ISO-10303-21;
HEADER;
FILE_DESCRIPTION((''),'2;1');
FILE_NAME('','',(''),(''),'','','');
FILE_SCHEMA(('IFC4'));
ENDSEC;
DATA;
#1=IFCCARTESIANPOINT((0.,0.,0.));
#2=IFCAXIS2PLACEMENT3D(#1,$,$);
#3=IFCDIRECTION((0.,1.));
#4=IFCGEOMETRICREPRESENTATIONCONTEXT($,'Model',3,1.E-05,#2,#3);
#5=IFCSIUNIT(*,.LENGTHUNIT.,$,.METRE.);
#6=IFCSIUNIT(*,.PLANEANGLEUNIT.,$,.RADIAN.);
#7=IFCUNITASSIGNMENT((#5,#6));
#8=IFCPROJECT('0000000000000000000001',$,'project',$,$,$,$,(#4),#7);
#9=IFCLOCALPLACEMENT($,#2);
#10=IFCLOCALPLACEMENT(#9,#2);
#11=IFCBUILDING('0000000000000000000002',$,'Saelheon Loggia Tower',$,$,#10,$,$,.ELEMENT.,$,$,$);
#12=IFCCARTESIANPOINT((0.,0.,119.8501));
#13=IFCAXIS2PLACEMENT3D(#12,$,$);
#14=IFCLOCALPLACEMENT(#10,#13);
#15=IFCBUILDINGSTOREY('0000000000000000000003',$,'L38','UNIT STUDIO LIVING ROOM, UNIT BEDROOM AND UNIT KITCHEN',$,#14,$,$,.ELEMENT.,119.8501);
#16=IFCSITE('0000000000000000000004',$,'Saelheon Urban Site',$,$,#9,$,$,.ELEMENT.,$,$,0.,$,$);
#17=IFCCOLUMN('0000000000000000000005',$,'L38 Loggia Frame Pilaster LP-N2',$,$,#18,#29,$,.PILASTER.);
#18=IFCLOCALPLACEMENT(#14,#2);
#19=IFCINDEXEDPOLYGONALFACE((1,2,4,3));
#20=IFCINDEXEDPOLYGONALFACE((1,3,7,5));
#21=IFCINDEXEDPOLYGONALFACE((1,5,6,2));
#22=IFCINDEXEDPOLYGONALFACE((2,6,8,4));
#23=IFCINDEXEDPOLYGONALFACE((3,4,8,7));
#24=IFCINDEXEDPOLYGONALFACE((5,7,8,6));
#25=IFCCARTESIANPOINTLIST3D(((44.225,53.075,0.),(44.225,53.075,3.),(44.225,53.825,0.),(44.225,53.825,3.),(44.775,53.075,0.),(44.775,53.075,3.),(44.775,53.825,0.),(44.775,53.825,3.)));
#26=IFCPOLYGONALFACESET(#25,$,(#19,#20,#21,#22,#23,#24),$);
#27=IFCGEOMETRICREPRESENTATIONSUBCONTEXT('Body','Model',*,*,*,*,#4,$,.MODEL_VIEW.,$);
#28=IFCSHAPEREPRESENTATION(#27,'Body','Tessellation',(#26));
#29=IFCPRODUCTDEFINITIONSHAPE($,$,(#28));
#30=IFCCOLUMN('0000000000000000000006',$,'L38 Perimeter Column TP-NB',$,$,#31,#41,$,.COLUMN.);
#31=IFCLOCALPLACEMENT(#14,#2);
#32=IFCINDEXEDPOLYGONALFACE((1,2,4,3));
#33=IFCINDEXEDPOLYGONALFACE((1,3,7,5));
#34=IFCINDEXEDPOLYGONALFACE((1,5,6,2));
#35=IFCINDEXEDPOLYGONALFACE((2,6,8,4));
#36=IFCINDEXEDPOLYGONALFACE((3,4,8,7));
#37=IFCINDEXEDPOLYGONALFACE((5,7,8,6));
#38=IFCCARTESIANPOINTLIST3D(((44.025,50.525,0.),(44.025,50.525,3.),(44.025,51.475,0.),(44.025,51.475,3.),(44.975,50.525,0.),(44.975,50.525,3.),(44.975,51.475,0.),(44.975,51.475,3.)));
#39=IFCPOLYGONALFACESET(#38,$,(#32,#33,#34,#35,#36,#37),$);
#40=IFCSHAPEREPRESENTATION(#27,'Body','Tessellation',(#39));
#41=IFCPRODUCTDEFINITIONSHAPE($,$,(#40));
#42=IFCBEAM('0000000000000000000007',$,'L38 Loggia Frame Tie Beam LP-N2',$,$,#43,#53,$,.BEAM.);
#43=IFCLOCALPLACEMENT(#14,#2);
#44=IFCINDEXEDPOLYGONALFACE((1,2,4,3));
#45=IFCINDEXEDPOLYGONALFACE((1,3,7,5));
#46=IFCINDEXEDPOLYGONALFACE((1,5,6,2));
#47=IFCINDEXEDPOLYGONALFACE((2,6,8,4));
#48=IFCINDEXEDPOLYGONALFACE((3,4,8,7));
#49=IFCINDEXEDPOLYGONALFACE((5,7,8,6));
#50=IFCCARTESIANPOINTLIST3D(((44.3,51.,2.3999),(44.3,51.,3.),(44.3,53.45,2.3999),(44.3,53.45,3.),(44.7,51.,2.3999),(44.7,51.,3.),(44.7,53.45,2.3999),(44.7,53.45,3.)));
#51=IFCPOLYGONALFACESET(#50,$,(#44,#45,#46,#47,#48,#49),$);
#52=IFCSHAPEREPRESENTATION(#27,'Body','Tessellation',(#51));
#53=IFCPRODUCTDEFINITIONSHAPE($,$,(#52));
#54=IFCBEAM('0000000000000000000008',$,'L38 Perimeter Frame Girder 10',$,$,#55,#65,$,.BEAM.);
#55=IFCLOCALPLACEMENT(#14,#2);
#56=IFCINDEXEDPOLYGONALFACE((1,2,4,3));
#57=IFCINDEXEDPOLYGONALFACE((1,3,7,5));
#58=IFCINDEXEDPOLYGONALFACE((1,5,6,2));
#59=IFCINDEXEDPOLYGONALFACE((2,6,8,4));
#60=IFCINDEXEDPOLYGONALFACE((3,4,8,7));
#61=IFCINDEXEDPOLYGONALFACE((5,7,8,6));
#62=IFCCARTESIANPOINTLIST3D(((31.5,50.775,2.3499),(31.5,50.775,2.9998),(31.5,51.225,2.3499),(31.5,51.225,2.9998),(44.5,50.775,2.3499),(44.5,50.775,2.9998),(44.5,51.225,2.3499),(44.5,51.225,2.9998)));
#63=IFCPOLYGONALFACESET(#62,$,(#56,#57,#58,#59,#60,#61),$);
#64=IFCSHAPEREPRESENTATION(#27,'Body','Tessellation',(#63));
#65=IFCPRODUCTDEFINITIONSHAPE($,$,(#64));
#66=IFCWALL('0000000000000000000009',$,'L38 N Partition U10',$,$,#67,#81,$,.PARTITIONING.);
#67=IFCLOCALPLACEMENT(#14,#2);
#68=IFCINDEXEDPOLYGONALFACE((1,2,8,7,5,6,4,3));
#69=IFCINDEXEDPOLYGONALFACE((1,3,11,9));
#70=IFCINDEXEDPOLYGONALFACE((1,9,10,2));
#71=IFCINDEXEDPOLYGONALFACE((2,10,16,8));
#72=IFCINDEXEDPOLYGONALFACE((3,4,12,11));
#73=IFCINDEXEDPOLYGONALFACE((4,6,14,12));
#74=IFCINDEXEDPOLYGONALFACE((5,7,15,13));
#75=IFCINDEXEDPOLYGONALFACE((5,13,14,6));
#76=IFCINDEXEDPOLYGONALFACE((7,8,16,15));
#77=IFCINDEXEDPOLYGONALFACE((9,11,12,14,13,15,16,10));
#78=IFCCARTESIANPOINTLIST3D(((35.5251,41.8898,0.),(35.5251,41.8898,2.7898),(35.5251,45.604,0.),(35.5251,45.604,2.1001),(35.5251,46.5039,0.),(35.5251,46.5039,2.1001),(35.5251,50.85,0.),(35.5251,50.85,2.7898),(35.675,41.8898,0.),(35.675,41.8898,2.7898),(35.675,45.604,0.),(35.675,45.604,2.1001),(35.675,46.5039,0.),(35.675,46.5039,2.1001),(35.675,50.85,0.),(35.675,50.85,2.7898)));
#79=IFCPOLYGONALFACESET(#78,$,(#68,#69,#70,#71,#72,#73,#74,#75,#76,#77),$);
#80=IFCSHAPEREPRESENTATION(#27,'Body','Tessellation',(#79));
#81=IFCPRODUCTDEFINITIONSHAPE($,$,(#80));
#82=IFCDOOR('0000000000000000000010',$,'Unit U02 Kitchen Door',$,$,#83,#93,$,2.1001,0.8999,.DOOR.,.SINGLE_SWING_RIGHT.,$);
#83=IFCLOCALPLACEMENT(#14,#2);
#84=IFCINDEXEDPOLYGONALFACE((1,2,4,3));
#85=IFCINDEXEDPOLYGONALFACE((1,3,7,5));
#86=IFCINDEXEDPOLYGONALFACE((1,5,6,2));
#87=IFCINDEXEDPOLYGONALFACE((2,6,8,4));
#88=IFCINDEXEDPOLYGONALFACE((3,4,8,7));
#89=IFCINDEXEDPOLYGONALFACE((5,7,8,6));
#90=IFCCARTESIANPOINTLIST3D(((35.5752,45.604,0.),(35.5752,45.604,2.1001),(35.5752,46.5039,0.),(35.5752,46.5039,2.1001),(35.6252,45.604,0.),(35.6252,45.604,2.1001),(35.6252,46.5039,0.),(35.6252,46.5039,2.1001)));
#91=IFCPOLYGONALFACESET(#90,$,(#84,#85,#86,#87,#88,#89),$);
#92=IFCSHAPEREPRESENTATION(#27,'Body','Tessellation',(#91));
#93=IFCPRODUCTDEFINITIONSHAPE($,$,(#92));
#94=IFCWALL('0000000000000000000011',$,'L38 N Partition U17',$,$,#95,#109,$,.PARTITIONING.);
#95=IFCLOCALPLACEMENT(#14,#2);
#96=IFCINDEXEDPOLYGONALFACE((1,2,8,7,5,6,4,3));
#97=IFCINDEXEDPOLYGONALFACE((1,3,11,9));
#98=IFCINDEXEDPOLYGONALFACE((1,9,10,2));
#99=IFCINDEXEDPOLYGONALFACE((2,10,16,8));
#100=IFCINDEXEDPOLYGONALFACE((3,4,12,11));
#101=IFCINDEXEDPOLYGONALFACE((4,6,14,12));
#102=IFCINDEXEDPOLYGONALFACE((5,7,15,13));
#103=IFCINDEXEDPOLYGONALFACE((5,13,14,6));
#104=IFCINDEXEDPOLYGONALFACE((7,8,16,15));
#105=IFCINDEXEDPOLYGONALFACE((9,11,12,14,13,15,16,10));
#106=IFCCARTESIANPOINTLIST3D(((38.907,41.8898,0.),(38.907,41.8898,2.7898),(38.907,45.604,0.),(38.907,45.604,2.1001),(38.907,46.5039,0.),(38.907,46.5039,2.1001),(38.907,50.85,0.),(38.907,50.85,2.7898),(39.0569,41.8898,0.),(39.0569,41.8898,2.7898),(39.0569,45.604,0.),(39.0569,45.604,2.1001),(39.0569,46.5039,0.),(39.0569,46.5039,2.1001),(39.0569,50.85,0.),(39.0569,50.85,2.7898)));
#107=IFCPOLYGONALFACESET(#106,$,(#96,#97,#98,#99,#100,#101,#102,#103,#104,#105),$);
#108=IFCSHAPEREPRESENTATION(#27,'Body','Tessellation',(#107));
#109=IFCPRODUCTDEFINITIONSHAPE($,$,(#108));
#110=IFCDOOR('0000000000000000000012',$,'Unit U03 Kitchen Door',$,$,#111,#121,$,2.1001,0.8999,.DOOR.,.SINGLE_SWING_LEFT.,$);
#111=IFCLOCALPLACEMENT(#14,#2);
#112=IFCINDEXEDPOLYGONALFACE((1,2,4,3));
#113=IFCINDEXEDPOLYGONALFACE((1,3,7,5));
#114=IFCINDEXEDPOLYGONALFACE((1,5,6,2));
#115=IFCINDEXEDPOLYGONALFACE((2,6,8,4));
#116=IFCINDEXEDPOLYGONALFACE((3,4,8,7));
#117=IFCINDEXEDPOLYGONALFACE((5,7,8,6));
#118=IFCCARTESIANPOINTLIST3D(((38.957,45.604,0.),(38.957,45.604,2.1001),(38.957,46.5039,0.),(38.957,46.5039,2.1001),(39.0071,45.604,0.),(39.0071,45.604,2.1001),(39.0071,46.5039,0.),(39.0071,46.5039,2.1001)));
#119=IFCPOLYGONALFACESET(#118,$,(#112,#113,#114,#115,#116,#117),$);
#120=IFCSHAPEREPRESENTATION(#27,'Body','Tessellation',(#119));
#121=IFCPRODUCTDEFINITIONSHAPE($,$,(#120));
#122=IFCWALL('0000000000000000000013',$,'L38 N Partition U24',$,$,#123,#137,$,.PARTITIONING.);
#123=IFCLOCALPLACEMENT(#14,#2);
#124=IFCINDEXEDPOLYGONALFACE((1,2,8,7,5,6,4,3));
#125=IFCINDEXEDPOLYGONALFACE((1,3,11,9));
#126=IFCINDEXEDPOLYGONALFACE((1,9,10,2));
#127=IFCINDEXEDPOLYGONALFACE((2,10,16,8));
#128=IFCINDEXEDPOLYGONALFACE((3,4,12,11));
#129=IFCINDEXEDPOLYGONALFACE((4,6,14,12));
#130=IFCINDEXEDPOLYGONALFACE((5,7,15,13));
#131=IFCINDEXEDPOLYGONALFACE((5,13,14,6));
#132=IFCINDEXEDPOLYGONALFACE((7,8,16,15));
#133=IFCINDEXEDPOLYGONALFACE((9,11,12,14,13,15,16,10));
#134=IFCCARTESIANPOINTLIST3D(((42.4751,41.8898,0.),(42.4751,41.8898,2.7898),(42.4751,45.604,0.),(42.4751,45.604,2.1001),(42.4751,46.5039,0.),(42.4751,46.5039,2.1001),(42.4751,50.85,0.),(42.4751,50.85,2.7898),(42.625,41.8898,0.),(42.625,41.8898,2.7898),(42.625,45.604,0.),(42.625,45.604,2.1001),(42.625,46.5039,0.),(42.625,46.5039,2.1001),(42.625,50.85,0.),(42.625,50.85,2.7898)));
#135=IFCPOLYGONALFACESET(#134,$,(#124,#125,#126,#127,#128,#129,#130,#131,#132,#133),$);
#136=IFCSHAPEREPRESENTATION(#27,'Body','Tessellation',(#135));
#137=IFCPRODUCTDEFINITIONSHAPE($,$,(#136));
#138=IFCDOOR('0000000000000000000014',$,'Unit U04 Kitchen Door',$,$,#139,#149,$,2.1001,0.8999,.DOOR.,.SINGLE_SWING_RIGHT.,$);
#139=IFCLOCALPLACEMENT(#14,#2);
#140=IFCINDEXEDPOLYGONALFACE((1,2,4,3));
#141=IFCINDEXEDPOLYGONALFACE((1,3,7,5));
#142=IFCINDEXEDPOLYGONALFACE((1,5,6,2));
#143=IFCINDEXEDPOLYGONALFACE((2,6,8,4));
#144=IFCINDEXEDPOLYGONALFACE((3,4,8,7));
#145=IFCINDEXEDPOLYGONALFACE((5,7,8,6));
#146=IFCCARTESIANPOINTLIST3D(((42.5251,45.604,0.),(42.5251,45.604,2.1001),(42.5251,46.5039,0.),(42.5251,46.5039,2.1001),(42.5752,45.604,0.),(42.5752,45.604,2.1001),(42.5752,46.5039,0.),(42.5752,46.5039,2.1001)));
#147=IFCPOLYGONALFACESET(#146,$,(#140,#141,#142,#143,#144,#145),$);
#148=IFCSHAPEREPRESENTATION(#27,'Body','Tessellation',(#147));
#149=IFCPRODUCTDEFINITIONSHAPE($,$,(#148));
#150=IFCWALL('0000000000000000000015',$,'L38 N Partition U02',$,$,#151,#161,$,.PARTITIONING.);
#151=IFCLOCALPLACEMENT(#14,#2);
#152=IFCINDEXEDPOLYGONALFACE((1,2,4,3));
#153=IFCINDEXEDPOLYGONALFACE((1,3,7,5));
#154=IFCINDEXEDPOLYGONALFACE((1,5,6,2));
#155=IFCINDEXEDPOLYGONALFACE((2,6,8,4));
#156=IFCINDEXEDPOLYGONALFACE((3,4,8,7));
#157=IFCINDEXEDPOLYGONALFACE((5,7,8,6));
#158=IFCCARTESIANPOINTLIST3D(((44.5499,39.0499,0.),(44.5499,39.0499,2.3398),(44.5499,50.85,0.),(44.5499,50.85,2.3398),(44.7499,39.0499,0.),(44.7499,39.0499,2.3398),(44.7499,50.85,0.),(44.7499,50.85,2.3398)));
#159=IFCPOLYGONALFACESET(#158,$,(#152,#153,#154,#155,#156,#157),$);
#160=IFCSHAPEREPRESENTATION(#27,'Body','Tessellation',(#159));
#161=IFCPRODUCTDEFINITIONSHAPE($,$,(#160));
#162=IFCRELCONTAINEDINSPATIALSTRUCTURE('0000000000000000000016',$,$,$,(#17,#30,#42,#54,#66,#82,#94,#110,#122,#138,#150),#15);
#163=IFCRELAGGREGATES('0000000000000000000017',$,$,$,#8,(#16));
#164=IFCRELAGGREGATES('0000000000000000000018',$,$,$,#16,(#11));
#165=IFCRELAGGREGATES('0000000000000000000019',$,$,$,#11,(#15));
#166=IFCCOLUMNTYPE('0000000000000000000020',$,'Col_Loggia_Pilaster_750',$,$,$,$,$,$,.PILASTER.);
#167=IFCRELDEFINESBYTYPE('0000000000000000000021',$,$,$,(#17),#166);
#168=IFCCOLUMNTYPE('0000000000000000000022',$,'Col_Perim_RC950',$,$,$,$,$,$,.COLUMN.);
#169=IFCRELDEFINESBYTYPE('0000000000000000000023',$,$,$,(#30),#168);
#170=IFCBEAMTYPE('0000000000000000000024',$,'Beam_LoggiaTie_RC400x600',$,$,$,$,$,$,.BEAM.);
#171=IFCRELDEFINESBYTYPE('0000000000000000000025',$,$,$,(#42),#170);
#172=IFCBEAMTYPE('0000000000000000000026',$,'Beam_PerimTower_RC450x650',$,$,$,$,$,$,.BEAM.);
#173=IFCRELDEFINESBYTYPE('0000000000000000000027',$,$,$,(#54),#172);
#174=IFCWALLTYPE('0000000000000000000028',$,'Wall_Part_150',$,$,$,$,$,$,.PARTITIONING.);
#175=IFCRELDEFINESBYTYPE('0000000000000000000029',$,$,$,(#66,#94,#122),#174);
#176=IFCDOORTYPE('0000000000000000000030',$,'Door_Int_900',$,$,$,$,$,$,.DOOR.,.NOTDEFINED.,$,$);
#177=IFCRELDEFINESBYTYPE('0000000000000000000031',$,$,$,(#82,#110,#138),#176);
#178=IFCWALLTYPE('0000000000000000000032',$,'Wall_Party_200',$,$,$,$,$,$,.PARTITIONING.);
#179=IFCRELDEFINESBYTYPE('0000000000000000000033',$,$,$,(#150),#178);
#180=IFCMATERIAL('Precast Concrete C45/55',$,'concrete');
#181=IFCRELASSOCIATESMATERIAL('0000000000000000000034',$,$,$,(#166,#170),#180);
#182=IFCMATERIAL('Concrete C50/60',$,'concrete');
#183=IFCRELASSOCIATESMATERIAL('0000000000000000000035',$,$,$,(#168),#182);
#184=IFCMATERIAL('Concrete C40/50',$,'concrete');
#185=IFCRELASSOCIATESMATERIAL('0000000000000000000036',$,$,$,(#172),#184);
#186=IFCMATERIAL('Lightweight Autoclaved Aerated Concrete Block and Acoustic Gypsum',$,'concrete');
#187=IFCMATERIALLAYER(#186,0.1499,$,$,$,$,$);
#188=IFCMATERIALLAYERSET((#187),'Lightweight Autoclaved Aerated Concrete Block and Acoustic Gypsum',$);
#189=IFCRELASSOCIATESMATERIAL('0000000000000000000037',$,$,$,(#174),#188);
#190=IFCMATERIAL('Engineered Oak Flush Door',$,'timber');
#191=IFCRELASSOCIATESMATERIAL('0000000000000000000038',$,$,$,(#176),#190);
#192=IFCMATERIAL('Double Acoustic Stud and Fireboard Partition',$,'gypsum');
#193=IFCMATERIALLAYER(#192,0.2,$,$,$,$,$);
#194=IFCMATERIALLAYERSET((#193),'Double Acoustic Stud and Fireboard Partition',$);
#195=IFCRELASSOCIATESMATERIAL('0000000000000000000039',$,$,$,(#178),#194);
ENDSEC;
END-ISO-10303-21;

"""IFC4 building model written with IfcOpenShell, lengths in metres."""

from ifc_helpers import new_model, si_unit, direction, frame, frame_2d, origin, origin_2d, place, context, subcontext, project, spatial, rectangle, extrude, source, transform, mapped, material, layer, layer_set, material_profile, profile_set, type_object, element, fill, save


model = new_model("IFC4")

# Units and contexts
model_context = context("Model", 3, precision=1e-05, world=origin(), true_north=direction((0.0, 1.0)))
body_context = subcontext(model_context, "Body", "Model", "MODEL_VIEW")
ifc_project = project(units=[si_unit("LENGTHUNIT", "METRE"), si_unit("PLANEANGLEUNIT", "RADIAN")], contexts=[model_context])

# Site, building, storey
site_placement = place(None, origin())
site = spatial("IfcSite", under=ifc_project, at=site_placement, Name="Saelheon Urban Site", CompositionType="ELEMENT", RefElevation=0.0)
building_placement = place(site_placement, origin())
building = spatial("IfcBuilding", under=site, at=building_placement, Name="Saelheon Loggia Tower", CompositionType="ELEMENT")
storey_placement = place(building_placement, frame((0.0, 0.0, 119.8501)))
storey = spatial("IfcBuildingStorey", under=building, at=storey_placement, Name="L38", Description="UNIT STUDIO LIVING ROOM, UNIT BEDROOM AND UNIT KITCHEN", CompositionType="ELEMENT", Elevation=119.8501)

# Columns
ifc_material_1 = material(Name="Precast Concrete C45/55", Category="concrete")
ifc_material_profile_1 = material_profile(ifc_material_1, rectangle(XDim=0.55, YDim=0.75, at=origin_2d()), Name="RC-550x750")
ifc_profile_set_1 = profile_set([ifc_material_profile_1], Name="Precast Concrete C45/55")
column_type_1 = type_object("IfcColumnType", Name="Col_Loggia_Pilaster_750", PredefinedType="PILASTER", material=ifc_profile_set_1)
shared_shape_1 = source(origin(), body_context, "Body", "SweptSolid", [
    extrude(rectangle(XDim=0.55, YDim=0.75, at=origin_2d()), origin(), (0.0, 0.0, 1.0), 3.0),
])
column_1_placement = place(storey_placement, frame((44.5, 53.45, 0.0), z_axis=(0.0, 0.0, 1.0), x_axis=(1.0, 0.0, 0.0)))
element("IfcColumn", 1, at=column_1_placement, inside=storey, type_object=column_type_1, Name="L38 Loggia Frame Pilaster LP-N2", PredefinedType="PILASTER", context=body_context, shape_type="MappedRepresentation", body=[
    mapped(shared_shape_1, transform((0.0, 0.0, 0.0), scale=1.0)),
])
ifc_material_2 = material(Name="Concrete C50/60", Category="concrete")
ifc_material_profile_2 = material_profile(ifc_material_2, rectangle(XDim=0.95, YDim=0.95, at=origin_2d()), Name="RC-950x950")
ifc_profile_set_2 = profile_set([ifc_material_profile_2], Name="Concrete C50/60")
column_type_2 = type_object("IfcColumnType", Name="Col_Perim_RC950", PredefinedType="COLUMN", material=ifc_profile_set_2)
shared_shape_2 = source(origin(), body_context, "Body", "SweptSolid", [
    extrude(rectangle(XDim=0.95, YDim=0.95, at=origin_2d()), origin(), (0.0, 0.0, 1.0), 3.0),
])
column_2_placement = place(storey_placement, frame((44.5, 51.0, 0.0), z_axis=(0.0, 0.0, 1.0), x_axis=(1.0, 0.0, 0.0)))
element("IfcColumn", 2, at=column_2_placement, inside=storey, type_object=column_type_2, Name="L38 Perimeter Column TP-NB", PredefinedType="COLUMN", context=body_context, shape_type="MappedRepresentation", body=[
    mapped(shared_shape_2, transform((0.0, 0.0, 0.0), scale=1.0)),
])

# Beams
ifc_material_profile_3 = material_profile(ifc_material_1, rectangle(XDim=0.3999, YDim=0.6001, at=origin_2d()), Name="RC-400x600")
ifc_profile_set_3 = profile_set([ifc_material_profile_3], Name="Precast Concrete C45/55")
beam_type_1 = type_object("IfcBeamType", Name="Beam_LoggiaTie_RC400x600", PredefinedType="BEAM", material=ifc_profile_set_3)
shared_shape_3 = source(origin(), body_context, "Body", "SweptSolid", [
    extrude(rectangle(XDim=0.3999, YDim=0.6001, at=origin_2d()), origin(), (0.0, 0.0, 1.0), 2.45),
])
beam_1_placement = place(storey_placement, frame((44.5, 51.0, 2.7), z_axis=(0.0, 1.0, 0.0), x_axis=(-1.0, 0.0, 0.0)))
element("IfcBeam", 3, at=beam_1_placement, inside=storey, type_object=beam_type_1, Name="L38 Loggia Frame Tie Beam LP-N2", PredefinedType="BEAM", context=body_context, shape_type="MappedRepresentation", body=[
    mapped(shared_shape_3, transform((0.0, 0.0, 0.0), scale=1.0)),
])
ifc_material_3 = material(Name="Concrete C40/50", Category="concrete")
ifc_material_profile_4 = material_profile(ifc_material_3, rectangle(XDim=0.45, YDim=0.6499, at=origin_2d()), Name="RC-450x650")
ifc_profile_set_4 = profile_set([ifc_material_profile_4], Name="Concrete C40/50")
beam_type_2 = type_object("IfcBeamType", Name="Beam_PerimTower_RC450x650", PredefinedType="BEAM", material=ifc_profile_set_4)
shared_shape_4 = source(origin(), body_context, "Body", "SweptSolid", [
    extrude(rectangle(XDim=0.45, YDim=0.6499, at=origin_2d()), origin(), (0.0, 0.0, 1.0), 13.0),
])
beam_2_placement = place(storey_placement, frame((44.5, 51.0, 2.6748), z_axis=(-1.0, 0.0, 0.0), x_axis=(0.0, -1.0, 0.0)))
element("IfcBeam", 4, at=beam_2_placement, inside=storey, type_object=beam_type_2, Name="L38 Perimeter Frame Girder 10", PredefinedType="BEAM", context=body_context, shape_type="MappedRepresentation", body=[
    mapped(shared_shape_4, transform((0.0, 0.0, 0.0), scale=1.0)),
])

# Walls, openings, doors
ifc_material_4 = material(Name="Lightweight Autoclaved Aerated Concrete Block and Acoustic Gypsum", Category="concrete")
ifc_layer_1 = layer(ifc_material_4, 0.1499)
ifc_layer_set_1 = layer_set([ifc_layer_1], Name="Lightweight Autoclaved Aerated Concrete Block and Acoustic Gypsum")
wall_type_1 = type_object("IfcWallType", Name="Wall_Part_150", PredefinedType="PARTITIONING", material=ifc_layer_set_1)
wall_1_placement = place(storey_placement, frame((35.6001, 41.8899, 0.0), z_axis=(0.0, 0.0, 1.0), x_axis=(0.0, 1.0, 0.0)))
wall_1 = element("IfcWall", 5, at=wall_1_placement, inside=storey, type_object=wall_type_1, Name="L38 N Partition U10", PredefinedType="PARTITIONING", context=body_context, shape_type="SweptSolid", body=[
    extrude(rectangle(XDim=8.9602, YDim=0.1499, at=frame_2d((4.48, 0.0))), origin(), (0.0, 0.0, 1.0), 2.7898),
])
opening_1_placement = place(wall_1_placement, frame((3.7141, 0.0, 0.0)))
opening_1 = element("IfcOpeningElement", 6, at=opening_1_placement, cuts=wall_1, PredefinedType="OPENING", context=body_context, shape_type="SweptSolid", body=[
    extrude(rectangle(XDim=0.8999, YDim=2.1001, at=frame_2d((0.45, 1.05))), frame((0.0, 0.0869, 0.0), z_axis=(0.0, -1.0, 0.0), x_axis=(1.0, 0.0, 0.0)), (0.0, 0.0, 1.0), 0.1738),
])
ifc_material_5 = material(Name="Engineered Oak Flush Door", Category="timber")
door_type_1 = type_object("IfcDoorType", Name="Door_Int_900", OperationType="NOTDEFINED", PredefinedType="DOOR", material=ifc_material_5)
shared_shape_5 = source(origin(), body_context, "Body", "SweptSolid", [
    extrude(rectangle(XDim=0.8999, YDim=2.1001, at=frame_2d((0.45, 1.05))), frame((0.0, 0.0249, 0.0), z_axis=(0.0, -1.0, 0.0), x_axis=(1.0, 0.0, 0.0)), (0.0, 0.0, 1.0), 0.05),
])
door_1_placement = place(opening_1_placement, origin())
door_1 = element("IfcDoor", 7, at=door_1_placement, inside=storey, type_object=door_type_1, Name="Unit U02 Kitchen Door", OperationType="SINGLE_SWING_RIGHT", OverallHeight=2.1001, OverallWidth=0.8999, PredefinedType="DOOR", context=body_context, shape_type="MappedRepresentation", body=[
    mapped(shared_shape_5, transform((0.0, 0.0, 0.0), scale=1.0)),
])
fill(opening_1, door_1)
wall_2_placement = place(storey_placement, frame((38.9819, 41.8899, 0.0), z_axis=(0.0, 0.0, 1.0), x_axis=(0.0, 1.0, 0.0)))
wall_2 = element("IfcWall", 8, at=wall_2_placement, inside=storey, type_object=wall_type_1, Name="L38 N Partition U17", PredefinedType="PARTITIONING", context=body_context, shape_type="SweptSolid", body=[
    extrude(rectangle(XDim=8.9602, YDim=0.1499, at=frame_2d((4.48, 0.0))), origin(), (0.0, 0.0, 1.0), 2.7898),
])
opening_2_placement = place(wall_2_placement, frame((3.7141, 0.0, 0.0)))
opening_2 = element("IfcOpeningElement", 9, at=opening_2_placement, cuts=wall_2, PredefinedType="OPENING", context=body_context, shape_type="SweptSolid", body=[
    extrude(rectangle(XDim=0.8999, YDim=2.1001, at=frame_2d((0.45, 1.05))), frame((0.0, 0.0869, 0.0), z_axis=(0.0, -1.0, 0.0), x_axis=(1.0, 0.0, 0.0)), (0.0, 0.0, 1.0), 0.1738),
])
door_2_placement = place(opening_2_placement, origin())
door_2 = element("IfcDoor", 10, at=door_2_placement, inside=storey, type_object=door_type_1, Name="Unit U03 Kitchen Door", OperationType="SINGLE_SWING_LEFT", OverallHeight=2.1001, OverallWidth=0.8999, PredefinedType="DOOR", context=body_context, shape_type="MappedRepresentation", body=[
    mapped(shared_shape_5, transform((0.0, 0.0, 0.0), scale=1.0)),
])
fill(opening_2, door_2)
wall_3_placement = place(storey_placement, frame((42.55, 41.8899, 0.0), z_axis=(0.0, 0.0, 1.0), x_axis=(0.0, 1.0, 0.0)))
wall_3 = element("IfcWall", 11, at=wall_3_placement, inside=storey, type_object=wall_type_1, Name="L38 N Partition U24", PredefinedType="PARTITIONING", context=body_context, shape_type="SweptSolid", body=[
    extrude(rectangle(XDim=8.9602, YDim=0.1499, at=frame_2d((4.48, 0.0))), origin(), (0.0, 0.0, 1.0), 2.7898),
])
opening_3_placement = place(wall_3_placement, frame((3.7141, 0.0, 0.0)))
opening_3 = element("IfcOpeningElement", 12, at=opening_3_placement, cuts=wall_3, PredefinedType="OPENING", context=body_context, shape_type="SweptSolid", body=[
    extrude(rectangle(XDim=0.8999, YDim=2.1001, at=frame_2d((0.45, 1.05))), frame((0.0, 0.0869, 0.0), z_axis=(0.0, -1.0, 0.0), x_axis=(1.0, 0.0, 0.0)), (0.0, 0.0, 1.0), 0.1738),
])
door_3_placement = place(opening_3_placement, origin())
door_3 = element("IfcDoor", 13, at=door_3_placement, inside=storey, type_object=door_type_1, Name="Unit U04 Kitchen Door", OperationType="SINGLE_SWING_RIGHT", OverallHeight=2.1001, OverallWidth=0.8999, PredefinedType="DOOR", context=body_context, shape_type="MappedRepresentation", body=[
    mapped(shared_shape_5, transform((0.0, 0.0, 0.0), scale=1.0)),
])
fill(opening_3, door_3)

# Wall
ifc_material_6 = material(Name="Double Acoustic Stud and Fireboard Partition", Category="gypsum")
ifc_layer_2 = layer(ifc_material_6, 0.2)
ifc_layer_set_2 = layer_set([ifc_layer_2], Name="Double Acoustic Stud and Fireboard Partition")
wall_type_2 = type_object("IfcWallType", Name="Wall_Party_200", PredefinedType="PARTITIONING", material=ifc_layer_set_2)
wall_4_placement = place(storey_placement, frame((44.6499, 39.05, 0.0), z_axis=(0.0, 0.0, 1.0), x_axis=(0.0, 1.0, 0.0)))
element("IfcWall", 14, at=wall_4_placement, inside=storey, type_object=wall_type_2, Name="L38 N Partition U02", PredefinedType="PARTITIONING", context=body_context, shape_type="SweptSolid", body=[
    extrude(rectangle(XDim=11.8, YDim=0.2, at=frame_2d((5.8999, 0.0))), origin(), (0.0, 0.0, 1.0), 2.3398),
])

save(model, "model.ifc")
